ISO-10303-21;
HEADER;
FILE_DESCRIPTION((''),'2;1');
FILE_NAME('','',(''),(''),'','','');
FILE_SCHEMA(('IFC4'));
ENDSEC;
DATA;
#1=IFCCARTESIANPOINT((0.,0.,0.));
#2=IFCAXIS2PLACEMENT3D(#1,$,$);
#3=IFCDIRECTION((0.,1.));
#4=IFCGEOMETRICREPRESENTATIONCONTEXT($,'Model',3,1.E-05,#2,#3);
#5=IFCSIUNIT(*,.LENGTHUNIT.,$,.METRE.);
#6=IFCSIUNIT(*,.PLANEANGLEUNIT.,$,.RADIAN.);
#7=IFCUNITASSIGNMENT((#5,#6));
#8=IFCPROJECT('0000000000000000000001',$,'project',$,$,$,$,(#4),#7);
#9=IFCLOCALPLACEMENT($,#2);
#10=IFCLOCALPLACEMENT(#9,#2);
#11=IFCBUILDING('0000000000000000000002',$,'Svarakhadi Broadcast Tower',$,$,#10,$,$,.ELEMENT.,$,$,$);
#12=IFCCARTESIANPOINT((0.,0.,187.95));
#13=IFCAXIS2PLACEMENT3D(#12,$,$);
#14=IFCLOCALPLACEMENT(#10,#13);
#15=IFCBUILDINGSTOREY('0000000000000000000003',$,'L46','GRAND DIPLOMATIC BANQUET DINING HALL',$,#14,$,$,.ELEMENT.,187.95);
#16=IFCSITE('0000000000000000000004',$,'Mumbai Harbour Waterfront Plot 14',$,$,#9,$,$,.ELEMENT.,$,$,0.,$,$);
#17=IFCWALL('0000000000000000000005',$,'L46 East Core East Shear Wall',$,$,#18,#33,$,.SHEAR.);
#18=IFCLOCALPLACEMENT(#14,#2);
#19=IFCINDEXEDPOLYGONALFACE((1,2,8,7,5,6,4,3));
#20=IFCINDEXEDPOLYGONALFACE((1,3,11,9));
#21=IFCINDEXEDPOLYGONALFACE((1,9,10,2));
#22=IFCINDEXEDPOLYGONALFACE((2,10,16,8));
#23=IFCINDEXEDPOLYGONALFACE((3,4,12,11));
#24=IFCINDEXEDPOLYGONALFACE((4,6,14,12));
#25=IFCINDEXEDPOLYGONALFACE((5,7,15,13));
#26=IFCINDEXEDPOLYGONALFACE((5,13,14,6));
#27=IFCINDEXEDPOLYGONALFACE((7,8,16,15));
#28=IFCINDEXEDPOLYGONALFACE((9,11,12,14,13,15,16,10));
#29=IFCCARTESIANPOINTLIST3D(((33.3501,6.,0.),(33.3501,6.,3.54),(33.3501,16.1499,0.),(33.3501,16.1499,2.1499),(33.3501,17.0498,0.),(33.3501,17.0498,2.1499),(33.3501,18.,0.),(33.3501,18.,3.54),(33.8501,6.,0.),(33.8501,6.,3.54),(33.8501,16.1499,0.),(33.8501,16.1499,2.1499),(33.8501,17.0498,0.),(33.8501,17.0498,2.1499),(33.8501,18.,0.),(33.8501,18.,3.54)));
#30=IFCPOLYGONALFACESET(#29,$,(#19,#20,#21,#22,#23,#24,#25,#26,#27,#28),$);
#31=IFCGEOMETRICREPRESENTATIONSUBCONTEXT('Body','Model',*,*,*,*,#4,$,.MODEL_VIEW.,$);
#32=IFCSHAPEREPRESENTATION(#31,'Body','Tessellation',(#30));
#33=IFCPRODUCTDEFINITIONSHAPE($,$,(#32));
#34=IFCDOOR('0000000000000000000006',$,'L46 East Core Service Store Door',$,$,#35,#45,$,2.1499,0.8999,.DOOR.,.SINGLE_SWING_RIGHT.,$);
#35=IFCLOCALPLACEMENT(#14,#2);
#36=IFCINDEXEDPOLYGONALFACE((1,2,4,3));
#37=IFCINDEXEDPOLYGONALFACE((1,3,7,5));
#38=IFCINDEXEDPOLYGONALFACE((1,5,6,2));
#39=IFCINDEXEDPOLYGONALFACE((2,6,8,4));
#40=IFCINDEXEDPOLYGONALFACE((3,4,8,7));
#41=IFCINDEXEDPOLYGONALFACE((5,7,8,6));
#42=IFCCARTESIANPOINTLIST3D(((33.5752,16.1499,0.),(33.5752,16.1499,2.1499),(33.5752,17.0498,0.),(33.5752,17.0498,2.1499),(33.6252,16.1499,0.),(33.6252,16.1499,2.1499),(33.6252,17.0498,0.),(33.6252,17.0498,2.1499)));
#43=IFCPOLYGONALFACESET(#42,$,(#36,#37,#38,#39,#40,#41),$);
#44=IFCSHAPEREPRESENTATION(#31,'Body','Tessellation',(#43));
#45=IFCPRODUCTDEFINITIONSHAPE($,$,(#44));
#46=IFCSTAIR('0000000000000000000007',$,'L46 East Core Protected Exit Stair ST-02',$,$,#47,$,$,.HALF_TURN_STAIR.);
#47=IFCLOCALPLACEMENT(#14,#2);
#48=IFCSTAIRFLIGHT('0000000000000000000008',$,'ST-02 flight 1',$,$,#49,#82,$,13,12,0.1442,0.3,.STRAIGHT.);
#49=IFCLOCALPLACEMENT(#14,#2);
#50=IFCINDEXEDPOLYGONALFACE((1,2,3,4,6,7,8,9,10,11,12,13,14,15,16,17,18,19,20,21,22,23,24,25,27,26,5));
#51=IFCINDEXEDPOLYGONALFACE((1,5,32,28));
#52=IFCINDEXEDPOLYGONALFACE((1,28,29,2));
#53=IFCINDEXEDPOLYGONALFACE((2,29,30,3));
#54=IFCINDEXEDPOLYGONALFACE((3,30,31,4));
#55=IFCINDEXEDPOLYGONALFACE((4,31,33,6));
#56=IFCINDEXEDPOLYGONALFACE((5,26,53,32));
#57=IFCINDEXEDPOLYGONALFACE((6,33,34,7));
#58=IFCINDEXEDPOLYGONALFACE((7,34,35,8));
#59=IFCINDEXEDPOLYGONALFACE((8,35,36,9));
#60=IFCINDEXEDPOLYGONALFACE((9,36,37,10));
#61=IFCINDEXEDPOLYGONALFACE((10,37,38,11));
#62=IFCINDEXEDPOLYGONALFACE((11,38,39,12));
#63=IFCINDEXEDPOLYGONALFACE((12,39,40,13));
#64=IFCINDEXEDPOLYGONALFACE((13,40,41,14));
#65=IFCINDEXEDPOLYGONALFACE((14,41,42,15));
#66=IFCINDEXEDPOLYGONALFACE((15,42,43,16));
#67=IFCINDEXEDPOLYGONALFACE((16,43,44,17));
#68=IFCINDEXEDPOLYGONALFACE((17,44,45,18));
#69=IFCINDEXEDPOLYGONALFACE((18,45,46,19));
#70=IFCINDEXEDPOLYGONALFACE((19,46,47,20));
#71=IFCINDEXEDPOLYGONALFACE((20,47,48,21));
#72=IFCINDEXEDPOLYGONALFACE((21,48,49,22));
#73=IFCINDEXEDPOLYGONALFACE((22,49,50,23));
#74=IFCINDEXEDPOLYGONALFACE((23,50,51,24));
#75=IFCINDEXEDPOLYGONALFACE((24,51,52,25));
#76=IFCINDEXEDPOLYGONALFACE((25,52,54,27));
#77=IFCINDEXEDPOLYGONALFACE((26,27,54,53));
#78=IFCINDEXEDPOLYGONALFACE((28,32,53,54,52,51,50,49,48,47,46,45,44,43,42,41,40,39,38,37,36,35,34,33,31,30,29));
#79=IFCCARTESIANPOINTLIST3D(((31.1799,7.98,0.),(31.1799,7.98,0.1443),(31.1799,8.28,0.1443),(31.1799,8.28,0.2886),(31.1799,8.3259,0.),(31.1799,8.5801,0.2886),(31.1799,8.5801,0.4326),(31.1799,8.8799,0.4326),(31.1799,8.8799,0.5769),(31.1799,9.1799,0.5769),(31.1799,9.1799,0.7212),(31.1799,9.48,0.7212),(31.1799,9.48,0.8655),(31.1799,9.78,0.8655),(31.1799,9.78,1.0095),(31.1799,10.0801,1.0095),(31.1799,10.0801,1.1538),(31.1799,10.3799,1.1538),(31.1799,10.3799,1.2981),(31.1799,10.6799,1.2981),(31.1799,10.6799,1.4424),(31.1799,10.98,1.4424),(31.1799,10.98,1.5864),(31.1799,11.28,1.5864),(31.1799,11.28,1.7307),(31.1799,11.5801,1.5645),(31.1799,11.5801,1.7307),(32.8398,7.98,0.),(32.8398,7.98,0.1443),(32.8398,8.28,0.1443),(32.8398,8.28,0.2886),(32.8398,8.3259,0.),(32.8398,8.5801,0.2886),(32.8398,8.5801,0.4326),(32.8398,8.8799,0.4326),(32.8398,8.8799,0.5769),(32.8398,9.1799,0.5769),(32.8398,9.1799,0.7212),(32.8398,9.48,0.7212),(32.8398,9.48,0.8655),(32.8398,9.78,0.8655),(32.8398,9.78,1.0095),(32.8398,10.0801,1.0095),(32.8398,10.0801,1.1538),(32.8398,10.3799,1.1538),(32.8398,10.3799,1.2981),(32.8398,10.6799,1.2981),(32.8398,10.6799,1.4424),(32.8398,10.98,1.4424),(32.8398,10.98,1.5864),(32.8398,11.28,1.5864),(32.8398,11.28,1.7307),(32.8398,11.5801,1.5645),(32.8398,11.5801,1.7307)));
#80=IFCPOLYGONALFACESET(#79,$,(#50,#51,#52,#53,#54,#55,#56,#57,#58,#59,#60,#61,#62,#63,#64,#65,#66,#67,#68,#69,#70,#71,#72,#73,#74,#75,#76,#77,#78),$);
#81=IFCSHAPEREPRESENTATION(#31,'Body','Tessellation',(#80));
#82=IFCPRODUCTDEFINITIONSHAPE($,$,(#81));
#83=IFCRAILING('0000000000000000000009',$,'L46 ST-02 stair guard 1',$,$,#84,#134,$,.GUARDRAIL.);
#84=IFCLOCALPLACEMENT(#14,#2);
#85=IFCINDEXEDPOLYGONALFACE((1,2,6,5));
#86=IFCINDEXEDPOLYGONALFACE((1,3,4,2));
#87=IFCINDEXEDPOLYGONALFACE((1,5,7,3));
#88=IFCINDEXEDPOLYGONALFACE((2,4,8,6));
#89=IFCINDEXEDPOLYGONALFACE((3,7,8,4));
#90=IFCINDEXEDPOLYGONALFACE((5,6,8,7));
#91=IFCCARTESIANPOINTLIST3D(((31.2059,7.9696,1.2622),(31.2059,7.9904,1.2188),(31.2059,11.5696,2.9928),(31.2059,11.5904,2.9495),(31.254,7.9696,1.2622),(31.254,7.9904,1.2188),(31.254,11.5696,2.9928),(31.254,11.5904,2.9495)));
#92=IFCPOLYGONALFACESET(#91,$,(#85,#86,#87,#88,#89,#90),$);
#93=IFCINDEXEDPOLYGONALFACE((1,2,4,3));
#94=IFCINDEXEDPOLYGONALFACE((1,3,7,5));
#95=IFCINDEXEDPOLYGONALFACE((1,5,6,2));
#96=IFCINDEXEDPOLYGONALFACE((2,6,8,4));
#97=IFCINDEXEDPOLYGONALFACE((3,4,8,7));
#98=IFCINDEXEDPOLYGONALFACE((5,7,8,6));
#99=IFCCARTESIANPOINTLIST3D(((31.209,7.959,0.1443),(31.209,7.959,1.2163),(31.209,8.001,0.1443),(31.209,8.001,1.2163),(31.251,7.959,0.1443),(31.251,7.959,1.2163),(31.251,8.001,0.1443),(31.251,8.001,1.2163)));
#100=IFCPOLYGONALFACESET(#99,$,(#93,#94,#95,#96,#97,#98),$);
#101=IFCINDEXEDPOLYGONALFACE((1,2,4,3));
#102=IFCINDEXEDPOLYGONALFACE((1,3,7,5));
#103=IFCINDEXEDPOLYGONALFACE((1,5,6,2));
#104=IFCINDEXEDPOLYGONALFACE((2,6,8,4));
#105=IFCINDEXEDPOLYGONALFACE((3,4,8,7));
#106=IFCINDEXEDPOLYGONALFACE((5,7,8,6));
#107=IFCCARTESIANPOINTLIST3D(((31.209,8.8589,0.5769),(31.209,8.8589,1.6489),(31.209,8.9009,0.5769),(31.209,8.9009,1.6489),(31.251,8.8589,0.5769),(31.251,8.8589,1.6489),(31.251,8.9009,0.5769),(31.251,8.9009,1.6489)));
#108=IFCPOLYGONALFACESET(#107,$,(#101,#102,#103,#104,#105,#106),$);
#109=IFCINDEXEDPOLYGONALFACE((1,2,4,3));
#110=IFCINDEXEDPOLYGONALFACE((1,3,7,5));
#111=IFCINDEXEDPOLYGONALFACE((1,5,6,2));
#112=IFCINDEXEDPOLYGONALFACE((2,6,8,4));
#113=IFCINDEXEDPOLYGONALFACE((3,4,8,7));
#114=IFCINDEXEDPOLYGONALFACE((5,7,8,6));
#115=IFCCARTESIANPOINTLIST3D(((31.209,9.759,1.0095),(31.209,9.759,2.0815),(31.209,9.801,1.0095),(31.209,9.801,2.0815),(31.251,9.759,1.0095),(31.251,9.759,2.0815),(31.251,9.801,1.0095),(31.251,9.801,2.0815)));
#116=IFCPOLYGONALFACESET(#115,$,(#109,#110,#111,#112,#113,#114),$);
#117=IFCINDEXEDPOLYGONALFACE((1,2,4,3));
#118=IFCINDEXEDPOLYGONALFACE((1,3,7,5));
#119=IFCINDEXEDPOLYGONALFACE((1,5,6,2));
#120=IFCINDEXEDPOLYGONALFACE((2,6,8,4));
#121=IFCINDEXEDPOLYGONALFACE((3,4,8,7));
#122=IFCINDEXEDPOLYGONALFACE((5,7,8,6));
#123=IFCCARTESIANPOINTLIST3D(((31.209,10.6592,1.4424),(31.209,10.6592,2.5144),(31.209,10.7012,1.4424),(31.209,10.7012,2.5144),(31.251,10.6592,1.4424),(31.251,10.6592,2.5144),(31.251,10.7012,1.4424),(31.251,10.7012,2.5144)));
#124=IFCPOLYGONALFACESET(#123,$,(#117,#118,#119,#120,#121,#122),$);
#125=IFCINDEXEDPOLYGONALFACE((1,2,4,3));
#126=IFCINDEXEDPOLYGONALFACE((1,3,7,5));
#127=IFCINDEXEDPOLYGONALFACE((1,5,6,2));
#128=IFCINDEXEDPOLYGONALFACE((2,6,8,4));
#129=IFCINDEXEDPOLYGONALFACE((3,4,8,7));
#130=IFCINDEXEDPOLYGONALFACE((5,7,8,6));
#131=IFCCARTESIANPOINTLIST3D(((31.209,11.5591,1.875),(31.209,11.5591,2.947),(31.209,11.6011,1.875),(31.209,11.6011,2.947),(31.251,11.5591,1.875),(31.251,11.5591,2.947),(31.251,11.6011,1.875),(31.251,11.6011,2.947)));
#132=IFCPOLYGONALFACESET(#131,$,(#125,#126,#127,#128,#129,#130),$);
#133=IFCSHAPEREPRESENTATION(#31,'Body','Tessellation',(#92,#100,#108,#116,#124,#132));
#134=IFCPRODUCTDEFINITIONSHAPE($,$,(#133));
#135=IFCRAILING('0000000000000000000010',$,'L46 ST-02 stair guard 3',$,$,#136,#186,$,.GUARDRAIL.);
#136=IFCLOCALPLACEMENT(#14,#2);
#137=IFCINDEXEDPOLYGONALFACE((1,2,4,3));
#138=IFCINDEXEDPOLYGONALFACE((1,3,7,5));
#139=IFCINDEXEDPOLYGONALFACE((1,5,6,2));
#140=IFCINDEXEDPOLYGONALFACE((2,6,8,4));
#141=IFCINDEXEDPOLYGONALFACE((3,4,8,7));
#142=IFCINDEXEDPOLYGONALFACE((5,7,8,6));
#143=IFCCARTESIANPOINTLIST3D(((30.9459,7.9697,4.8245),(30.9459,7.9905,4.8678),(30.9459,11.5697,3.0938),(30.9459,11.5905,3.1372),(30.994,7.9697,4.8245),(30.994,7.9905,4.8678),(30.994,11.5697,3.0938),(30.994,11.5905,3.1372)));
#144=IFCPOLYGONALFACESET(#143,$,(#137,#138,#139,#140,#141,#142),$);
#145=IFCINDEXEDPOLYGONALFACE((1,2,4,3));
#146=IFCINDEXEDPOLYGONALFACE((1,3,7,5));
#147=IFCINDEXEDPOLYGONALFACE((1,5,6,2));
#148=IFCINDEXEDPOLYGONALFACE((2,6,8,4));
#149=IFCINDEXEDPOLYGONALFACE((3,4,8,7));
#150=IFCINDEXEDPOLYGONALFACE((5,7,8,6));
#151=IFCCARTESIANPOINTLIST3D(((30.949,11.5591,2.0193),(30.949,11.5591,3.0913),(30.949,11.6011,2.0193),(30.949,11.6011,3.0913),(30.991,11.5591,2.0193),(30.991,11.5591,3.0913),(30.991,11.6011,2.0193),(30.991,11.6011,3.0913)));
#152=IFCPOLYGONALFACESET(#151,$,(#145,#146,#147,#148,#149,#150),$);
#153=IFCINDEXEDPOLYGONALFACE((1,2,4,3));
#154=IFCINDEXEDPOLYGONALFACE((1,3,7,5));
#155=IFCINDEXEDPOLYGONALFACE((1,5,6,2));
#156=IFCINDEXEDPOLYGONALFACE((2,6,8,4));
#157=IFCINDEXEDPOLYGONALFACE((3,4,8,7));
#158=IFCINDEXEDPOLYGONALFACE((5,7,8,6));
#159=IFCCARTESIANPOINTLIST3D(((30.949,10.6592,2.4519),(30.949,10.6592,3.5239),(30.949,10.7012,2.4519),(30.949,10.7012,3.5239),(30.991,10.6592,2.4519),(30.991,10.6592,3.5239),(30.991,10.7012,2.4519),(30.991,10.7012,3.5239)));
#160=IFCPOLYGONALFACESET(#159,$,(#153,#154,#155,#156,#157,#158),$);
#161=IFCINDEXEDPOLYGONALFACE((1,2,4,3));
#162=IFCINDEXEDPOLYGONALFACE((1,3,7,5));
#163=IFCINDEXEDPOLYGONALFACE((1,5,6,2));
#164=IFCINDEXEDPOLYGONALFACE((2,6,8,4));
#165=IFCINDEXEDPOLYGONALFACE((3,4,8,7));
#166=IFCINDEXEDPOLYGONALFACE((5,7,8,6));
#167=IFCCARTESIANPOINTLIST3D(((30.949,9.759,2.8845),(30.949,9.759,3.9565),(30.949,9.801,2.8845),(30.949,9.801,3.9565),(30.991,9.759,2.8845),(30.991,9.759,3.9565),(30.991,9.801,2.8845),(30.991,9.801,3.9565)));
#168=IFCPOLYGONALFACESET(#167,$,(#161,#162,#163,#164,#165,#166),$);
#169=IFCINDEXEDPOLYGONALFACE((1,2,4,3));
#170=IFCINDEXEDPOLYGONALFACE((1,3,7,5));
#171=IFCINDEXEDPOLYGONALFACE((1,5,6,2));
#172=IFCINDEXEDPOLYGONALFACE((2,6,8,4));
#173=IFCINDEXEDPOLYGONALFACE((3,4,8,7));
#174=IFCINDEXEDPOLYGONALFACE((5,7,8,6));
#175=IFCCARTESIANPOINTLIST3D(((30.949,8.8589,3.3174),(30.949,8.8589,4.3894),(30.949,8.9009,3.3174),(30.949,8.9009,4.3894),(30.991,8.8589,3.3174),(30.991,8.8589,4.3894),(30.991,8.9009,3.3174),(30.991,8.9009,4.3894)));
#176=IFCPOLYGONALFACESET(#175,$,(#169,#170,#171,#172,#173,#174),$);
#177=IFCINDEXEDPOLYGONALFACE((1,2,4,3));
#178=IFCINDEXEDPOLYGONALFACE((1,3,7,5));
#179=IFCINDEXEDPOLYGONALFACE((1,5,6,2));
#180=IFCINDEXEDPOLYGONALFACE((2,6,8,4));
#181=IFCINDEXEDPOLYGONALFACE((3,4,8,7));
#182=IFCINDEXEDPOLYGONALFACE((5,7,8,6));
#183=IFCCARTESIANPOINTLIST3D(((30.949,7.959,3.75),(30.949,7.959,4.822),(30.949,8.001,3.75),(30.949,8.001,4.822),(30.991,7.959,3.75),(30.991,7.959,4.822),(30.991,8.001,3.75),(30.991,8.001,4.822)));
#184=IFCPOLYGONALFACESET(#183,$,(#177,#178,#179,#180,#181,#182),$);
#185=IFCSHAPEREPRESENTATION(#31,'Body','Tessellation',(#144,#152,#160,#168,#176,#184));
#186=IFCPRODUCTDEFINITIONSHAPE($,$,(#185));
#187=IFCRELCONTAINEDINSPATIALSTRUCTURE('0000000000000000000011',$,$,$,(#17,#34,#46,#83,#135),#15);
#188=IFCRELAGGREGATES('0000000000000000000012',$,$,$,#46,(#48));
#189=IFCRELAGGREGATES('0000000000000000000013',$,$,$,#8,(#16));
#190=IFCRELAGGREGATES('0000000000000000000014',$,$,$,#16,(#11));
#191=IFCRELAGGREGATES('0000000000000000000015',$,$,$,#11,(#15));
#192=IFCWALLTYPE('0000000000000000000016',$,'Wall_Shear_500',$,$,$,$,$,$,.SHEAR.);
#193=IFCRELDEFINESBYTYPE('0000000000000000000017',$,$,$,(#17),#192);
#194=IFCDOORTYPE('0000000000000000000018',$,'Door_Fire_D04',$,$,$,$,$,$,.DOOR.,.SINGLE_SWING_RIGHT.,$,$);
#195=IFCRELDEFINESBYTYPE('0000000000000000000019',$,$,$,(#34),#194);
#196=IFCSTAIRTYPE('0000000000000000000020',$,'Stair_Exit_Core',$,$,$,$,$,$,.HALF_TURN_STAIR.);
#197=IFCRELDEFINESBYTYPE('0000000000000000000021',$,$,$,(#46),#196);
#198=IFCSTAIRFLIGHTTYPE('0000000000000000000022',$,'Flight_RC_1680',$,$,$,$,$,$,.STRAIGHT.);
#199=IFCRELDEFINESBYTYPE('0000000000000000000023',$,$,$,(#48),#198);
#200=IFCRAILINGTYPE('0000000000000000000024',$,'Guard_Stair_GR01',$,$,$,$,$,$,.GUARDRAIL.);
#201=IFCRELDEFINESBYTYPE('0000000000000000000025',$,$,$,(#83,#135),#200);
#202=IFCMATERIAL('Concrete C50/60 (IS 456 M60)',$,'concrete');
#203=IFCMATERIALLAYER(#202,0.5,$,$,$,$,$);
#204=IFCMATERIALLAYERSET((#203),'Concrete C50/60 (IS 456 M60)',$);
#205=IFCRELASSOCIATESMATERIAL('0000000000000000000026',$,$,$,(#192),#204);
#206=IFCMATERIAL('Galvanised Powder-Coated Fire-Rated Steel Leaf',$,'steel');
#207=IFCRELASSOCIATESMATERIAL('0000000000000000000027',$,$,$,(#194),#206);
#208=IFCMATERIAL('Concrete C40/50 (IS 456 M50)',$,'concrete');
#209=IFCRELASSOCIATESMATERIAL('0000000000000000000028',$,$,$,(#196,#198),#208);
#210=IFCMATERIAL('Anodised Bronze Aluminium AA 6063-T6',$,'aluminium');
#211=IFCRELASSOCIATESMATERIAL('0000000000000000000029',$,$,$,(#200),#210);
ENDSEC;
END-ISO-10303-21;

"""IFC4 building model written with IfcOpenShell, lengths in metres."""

from ifc_helpers import new_model, si_unit, direction, frame, frame_2d, origin, origin_2d, place, context, subcontext, project, spatial, polyline, rectangle, outline, extrude, material, layer, layer_set, type_object, element, fill, aggregate, save


model = new_model("IFC4")

# Units and contexts
model_context = context("Model", 3, precision=1e-05, world=origin(), true_north=direction((0.0, 1.0)))
body_context = subcontext(model_context, "Body", "Model", "MODEL_VIEW")
ifc_project = project(units=[si_unit("LENGTHUNIT", "METRE"), si_unit("PLANEANGLEUNIT", "RADIAN")], contexts=[model_context])

# Site, building, storey
site_placement = place(None, origin())
site = spatial("IfcSite", under=ifc_project, at=site_placement, Name="Mumbai Harbour Waterfront Plot 14", CompositionType="ELEMENT", RefElevation=0.0)
building_placement = place(site_placement, origin())
building = spatial("IfcBuilding", under=site, at=building_placement, Name="Svarakhadi Broadcast Tower", CompositionType="ELEMENT")
storey_placement = place(building_placement, frame((0.0, 0.0, 187.95)))
storey = spatial("IfcBuildingStorey", under=building, at=storey_placement, Name="L46", Description="GRAND DIPLOMATIC BANQUET DINING HALL", CompositionType="ELEMENT", Elevation=187.95)

# Shared definitions
ifc_material_1 = material(Name="Concrete C50/60 (IS 456 M60)", Category="concrete")

# Shared definitions
ifc_material_2 = material(Name="Anodised Bronze Aluminium AA 6063-T6", Category="aluminium")

# Shared definitions
ifc_material_3 = material(Name="Concrete C40/50 (IS 456 M50)", Category="concrete")

# Wall, opening, door
ifc_layer_1 = layer(ifc_material_1, 0.5)
ifc_layer_set_1 = layer_set([ifc_layer_1], Name="Concrete C50/60 (IS 456 M60)")
wall_type_1 = type_object("IfcWallType", Name="Wall_Shear_500", PredefinedType="SHEAR", material=ifc_layer_set_1)
wall_1_placement = place(storey_placement, frame((33.6001, 6.0, 0.0), z_axis=(0.0, 0.0, 1.0), x_axis=(0.0, 1.0, 0.0)))
wall_1 = element("IfcWall", 1, at=wall_1_placement, inside=storey, type_object=wall_type_1, Name="L46 East Core East Shear Wall", PredefinedType="SHEAR", context=body_context, shape_type="SweptSolid", body=[
    extrude(rectangle(XDim=12.0, YDim=0.5, at=frame_2d((6.0, 0.0))), origin(), (0.0, 0.0, 1.0), 3.54),
])
opening_1_placement = place(wall_1_placement, frame((10.1499, 0.0, 0.0)))
opening_1 = element("IfcOpeningElement", 2, at=opening_1_placement, cuts=wall_1, PredefinedType="OPENING", context=body_context, shape_type="SweptSolid", body=[
    extrude(rectangle(XDim=0.8999, YDim=2.1499, at=frame_2d((0.45, 1.075))), frame((0.0, 0.26, 0.0), z_axis=(0.0, -1.0, 0.0), x_axis=(1.0, 0.0, 0.0)), (0.0, 0.0, 1.0), 0.52),
])
ifc_material_4 = material(Name="Galvanised Powder-Coated Fire-Rated Steel Leaf", Category="steel")
door_type_1 = type_object("IfcDoorType", Name="Door_Fire_D04", OperationType="SINGLE_SWING_RIGHT", PredefinedType="DOOR", material=ifc_material_4)
door_1_placement = place(opening_1_placement, origin())
door_1 = element("IfcDoor", 3, at=door_1_placement, inside=storey, type_object=door_type_1, Name="L46 East Core Service Store Door", OperationType="SINGLE_SWING_RIGHT", OverallHeight=2.1499, OverallWidth=0.8999, PredefinedType="DOOR", context=body_context, shape_type="SweptSolid", body=[
    extrude(rectangle(XDim=0.8999, YDim=2.1499, at=frame_2d((0.45, 1.075))), frame((0.0, 0.0249, 0.0), z_axis=(0.0, -1.0, 0.0), x_axis=(1.0, 0.0, 0.0)), (0.0, 0.0, 1.0), 0.05),
])
fill(opening_1, door_1)

# Stair, stair flight
stair_type = type_object("IfcStairType", Name="Stair_Exit_Core", PredefinedType="HALF_TURN_STAIR", material=ifc_material_3)
stair_placement = place(storey_placement, origin())
stair = element("IfcStair", 4, at=stair_placement, inside=storey, type_object=stair_type, Name="L46 East Core Protected Exit Stair ST-02", PredefinedType="HALF_TURN_STAIR")
stair_flight_type = type_object("IfcStairFlightType", Name="Flight_RC_1680", PredefinedType="STRAIGHT", material=ifc_material_3)
stair_flight_placement = place(storey_placement, frame((32.01, 7.98, 0.0), z_axis=(0.0, 0.0, 1.0), x_axis=(0.0, 1.0, 0.0)))
stair_flight = element("IfcStairFlight", 5, at=stair_flight_placement, type_object=stair_flight_type, Name="ST-02 flight 1", NumberOfRisers=13, NumberOfTreads=12, PredefinedType="STRAIGHT", RiserHeight=0.1442, TreadLength=0.3, context=body_context, shape_type="SweptSolid", body=[
    extrude(outline(polyline([(0.0, 0.0), (0.0, 0.1443), (0.3, 0.1443), (0.3, 0.2886), (0.6001, 0.2886), (0.6001, 0.4326), (0.8999, 0.4326), (0.8999, 0.5769), (1.2, 0.5769), (1.2, 0.7212), (1.5, 0.7212), (1.5, 0.8655), (1.8, 0.8655), (1.8, 1.0095), (2.1001, 1.0095), (2.1001, 1.1538), (2.3999, 1.1538), (2.3999, 1.2981), (2.7, 1.2981), (2.7, 1.4424), (3.0, 1.4424), (3.0, 1.5864), (3.3, 1.5864), (3.3, 1.7307), (3.6001, 1.7307), (3.6001, 1.875), (3.6001, 1.5645), (0.3459, 0.0), (0.0, 0.0)])), frame((0.0, 0.8301, 0.0), z_axis=(0.0, -1.0, 0.0), x_axis=(1.0, 0.0, 0.0)), (0.0, 0.0, 1.0), 1.6599),
])
aggregate(stair, [stair_flight])

# Railings
railing_type_1 = type_object("IfcRailingType", Name="Guard_Stair_GR01", PredefinedType="GUARDRAIL", material=ifc_material_2)
railing_1_placement = place(storey_placement, frame((31.23, 7.98, 0.1443)))
element("IfcRailing", 6, at=railing_1_placement, inside=storey, type_object=railing_type_1, Name="L46 ST-02 stair guard 1", PredefinedType="GUARDRAIL", context=body_context, shape_type="SweptSolid", body=[
    extrude(rectangle(XDim=0.0481, YDim=0.0481, at=origin_2d()), frame((0.0, 0.0, 1.0962), z_axis=(0.0, 0.901263, 0.433273), x_axis=(-1.0, 0.0, 0.0)), (0.0, 0.0, 1.0), 3.9944),
    extrude(rectangle(XDim=0.042, YDim=0.042, at=origin_2d()), origin(), (0.0, 0.0, 1.0), 1.072),
    extrude(rectangle(XDim=0.042, YDim=0.042, at=origin_2d()), frame((0.0, 0.8999, 0.4326)), (0.0, 0.0, 1.0), 1.072),
    extrude(rectangle(XDim=0.042, YDim=0.042, at=origin_2d()), frame((0.0, 1.8, 0.8652)), (0.0, 0.0, 1.0), 1.072),
    extrude(rectangle(XDim=0.042, YDim=0.042, at=origin_2d()), frame((0.0, 2.7002, 1.2981)), (0.0, 0.0, 1.0), 1.072),
    extrude(rectangle(XDim=0.042, YDim=0.042, at=origin_2d()), frame((0.0, 3.6001, 1.7307)), (0.0, 0.0, 1.0), 1.072),
])
railing_2_placement = place(storey_placement, frame((30.97, 11.5801, 2.0193)))
element("IfcRailing", 7, at=railing_2_placement, inside=storey, type_object=railing_type_1, Name="L46 ST-02 stair guard 3", PredefinedType="GUARDRAIL", context=body_context, shape_type="SweptSolid", body=[
    extrude(rectangle(XDim=0.0481, YDim=0.0481, at=origin_2d()), frame((0.0, 0.0, 1.0962), z_axis=(0.0, -0.901263, 0.433273), x_axis=(1.0, 0.0, 0.0)), (0.0, 0.0, 1.0), 3.9944),
    extrude(rectangle(XDim=0.042, YDim=0.042, at=origin_2d()), origin(), (0.0, 0.0, 1.0), 1.072),
    extrude(rectangle(XDim=0.042, YDim=0.042, at=origin_2d()), frame((0.0, -0.8999, 0.4326)), (0.0, 0.0, 1.0), 1.072),
    extrude(rectangle(XDim=0.042, YDim=0.042, at=origin_2d()), frame((0.0, -1.8, 0.8652)), (0.0, 0.0, 1.0), 1.072),
    extrude(rectangle(XDim=0.042, YDim=0.042, at=origin_2d()), frame((0.0, -2.7002, 1.2981)), (0.0, 0.0, 1.0), 1.072),
    extrude(rectangle(XDim=0.042, YDim=0.042, at=origin_2d()), frame((0.0, -3.6001, 1.7307)), (0.0, 0.0, 1.0), 1.072),
])

save(model, "model.ifc")
